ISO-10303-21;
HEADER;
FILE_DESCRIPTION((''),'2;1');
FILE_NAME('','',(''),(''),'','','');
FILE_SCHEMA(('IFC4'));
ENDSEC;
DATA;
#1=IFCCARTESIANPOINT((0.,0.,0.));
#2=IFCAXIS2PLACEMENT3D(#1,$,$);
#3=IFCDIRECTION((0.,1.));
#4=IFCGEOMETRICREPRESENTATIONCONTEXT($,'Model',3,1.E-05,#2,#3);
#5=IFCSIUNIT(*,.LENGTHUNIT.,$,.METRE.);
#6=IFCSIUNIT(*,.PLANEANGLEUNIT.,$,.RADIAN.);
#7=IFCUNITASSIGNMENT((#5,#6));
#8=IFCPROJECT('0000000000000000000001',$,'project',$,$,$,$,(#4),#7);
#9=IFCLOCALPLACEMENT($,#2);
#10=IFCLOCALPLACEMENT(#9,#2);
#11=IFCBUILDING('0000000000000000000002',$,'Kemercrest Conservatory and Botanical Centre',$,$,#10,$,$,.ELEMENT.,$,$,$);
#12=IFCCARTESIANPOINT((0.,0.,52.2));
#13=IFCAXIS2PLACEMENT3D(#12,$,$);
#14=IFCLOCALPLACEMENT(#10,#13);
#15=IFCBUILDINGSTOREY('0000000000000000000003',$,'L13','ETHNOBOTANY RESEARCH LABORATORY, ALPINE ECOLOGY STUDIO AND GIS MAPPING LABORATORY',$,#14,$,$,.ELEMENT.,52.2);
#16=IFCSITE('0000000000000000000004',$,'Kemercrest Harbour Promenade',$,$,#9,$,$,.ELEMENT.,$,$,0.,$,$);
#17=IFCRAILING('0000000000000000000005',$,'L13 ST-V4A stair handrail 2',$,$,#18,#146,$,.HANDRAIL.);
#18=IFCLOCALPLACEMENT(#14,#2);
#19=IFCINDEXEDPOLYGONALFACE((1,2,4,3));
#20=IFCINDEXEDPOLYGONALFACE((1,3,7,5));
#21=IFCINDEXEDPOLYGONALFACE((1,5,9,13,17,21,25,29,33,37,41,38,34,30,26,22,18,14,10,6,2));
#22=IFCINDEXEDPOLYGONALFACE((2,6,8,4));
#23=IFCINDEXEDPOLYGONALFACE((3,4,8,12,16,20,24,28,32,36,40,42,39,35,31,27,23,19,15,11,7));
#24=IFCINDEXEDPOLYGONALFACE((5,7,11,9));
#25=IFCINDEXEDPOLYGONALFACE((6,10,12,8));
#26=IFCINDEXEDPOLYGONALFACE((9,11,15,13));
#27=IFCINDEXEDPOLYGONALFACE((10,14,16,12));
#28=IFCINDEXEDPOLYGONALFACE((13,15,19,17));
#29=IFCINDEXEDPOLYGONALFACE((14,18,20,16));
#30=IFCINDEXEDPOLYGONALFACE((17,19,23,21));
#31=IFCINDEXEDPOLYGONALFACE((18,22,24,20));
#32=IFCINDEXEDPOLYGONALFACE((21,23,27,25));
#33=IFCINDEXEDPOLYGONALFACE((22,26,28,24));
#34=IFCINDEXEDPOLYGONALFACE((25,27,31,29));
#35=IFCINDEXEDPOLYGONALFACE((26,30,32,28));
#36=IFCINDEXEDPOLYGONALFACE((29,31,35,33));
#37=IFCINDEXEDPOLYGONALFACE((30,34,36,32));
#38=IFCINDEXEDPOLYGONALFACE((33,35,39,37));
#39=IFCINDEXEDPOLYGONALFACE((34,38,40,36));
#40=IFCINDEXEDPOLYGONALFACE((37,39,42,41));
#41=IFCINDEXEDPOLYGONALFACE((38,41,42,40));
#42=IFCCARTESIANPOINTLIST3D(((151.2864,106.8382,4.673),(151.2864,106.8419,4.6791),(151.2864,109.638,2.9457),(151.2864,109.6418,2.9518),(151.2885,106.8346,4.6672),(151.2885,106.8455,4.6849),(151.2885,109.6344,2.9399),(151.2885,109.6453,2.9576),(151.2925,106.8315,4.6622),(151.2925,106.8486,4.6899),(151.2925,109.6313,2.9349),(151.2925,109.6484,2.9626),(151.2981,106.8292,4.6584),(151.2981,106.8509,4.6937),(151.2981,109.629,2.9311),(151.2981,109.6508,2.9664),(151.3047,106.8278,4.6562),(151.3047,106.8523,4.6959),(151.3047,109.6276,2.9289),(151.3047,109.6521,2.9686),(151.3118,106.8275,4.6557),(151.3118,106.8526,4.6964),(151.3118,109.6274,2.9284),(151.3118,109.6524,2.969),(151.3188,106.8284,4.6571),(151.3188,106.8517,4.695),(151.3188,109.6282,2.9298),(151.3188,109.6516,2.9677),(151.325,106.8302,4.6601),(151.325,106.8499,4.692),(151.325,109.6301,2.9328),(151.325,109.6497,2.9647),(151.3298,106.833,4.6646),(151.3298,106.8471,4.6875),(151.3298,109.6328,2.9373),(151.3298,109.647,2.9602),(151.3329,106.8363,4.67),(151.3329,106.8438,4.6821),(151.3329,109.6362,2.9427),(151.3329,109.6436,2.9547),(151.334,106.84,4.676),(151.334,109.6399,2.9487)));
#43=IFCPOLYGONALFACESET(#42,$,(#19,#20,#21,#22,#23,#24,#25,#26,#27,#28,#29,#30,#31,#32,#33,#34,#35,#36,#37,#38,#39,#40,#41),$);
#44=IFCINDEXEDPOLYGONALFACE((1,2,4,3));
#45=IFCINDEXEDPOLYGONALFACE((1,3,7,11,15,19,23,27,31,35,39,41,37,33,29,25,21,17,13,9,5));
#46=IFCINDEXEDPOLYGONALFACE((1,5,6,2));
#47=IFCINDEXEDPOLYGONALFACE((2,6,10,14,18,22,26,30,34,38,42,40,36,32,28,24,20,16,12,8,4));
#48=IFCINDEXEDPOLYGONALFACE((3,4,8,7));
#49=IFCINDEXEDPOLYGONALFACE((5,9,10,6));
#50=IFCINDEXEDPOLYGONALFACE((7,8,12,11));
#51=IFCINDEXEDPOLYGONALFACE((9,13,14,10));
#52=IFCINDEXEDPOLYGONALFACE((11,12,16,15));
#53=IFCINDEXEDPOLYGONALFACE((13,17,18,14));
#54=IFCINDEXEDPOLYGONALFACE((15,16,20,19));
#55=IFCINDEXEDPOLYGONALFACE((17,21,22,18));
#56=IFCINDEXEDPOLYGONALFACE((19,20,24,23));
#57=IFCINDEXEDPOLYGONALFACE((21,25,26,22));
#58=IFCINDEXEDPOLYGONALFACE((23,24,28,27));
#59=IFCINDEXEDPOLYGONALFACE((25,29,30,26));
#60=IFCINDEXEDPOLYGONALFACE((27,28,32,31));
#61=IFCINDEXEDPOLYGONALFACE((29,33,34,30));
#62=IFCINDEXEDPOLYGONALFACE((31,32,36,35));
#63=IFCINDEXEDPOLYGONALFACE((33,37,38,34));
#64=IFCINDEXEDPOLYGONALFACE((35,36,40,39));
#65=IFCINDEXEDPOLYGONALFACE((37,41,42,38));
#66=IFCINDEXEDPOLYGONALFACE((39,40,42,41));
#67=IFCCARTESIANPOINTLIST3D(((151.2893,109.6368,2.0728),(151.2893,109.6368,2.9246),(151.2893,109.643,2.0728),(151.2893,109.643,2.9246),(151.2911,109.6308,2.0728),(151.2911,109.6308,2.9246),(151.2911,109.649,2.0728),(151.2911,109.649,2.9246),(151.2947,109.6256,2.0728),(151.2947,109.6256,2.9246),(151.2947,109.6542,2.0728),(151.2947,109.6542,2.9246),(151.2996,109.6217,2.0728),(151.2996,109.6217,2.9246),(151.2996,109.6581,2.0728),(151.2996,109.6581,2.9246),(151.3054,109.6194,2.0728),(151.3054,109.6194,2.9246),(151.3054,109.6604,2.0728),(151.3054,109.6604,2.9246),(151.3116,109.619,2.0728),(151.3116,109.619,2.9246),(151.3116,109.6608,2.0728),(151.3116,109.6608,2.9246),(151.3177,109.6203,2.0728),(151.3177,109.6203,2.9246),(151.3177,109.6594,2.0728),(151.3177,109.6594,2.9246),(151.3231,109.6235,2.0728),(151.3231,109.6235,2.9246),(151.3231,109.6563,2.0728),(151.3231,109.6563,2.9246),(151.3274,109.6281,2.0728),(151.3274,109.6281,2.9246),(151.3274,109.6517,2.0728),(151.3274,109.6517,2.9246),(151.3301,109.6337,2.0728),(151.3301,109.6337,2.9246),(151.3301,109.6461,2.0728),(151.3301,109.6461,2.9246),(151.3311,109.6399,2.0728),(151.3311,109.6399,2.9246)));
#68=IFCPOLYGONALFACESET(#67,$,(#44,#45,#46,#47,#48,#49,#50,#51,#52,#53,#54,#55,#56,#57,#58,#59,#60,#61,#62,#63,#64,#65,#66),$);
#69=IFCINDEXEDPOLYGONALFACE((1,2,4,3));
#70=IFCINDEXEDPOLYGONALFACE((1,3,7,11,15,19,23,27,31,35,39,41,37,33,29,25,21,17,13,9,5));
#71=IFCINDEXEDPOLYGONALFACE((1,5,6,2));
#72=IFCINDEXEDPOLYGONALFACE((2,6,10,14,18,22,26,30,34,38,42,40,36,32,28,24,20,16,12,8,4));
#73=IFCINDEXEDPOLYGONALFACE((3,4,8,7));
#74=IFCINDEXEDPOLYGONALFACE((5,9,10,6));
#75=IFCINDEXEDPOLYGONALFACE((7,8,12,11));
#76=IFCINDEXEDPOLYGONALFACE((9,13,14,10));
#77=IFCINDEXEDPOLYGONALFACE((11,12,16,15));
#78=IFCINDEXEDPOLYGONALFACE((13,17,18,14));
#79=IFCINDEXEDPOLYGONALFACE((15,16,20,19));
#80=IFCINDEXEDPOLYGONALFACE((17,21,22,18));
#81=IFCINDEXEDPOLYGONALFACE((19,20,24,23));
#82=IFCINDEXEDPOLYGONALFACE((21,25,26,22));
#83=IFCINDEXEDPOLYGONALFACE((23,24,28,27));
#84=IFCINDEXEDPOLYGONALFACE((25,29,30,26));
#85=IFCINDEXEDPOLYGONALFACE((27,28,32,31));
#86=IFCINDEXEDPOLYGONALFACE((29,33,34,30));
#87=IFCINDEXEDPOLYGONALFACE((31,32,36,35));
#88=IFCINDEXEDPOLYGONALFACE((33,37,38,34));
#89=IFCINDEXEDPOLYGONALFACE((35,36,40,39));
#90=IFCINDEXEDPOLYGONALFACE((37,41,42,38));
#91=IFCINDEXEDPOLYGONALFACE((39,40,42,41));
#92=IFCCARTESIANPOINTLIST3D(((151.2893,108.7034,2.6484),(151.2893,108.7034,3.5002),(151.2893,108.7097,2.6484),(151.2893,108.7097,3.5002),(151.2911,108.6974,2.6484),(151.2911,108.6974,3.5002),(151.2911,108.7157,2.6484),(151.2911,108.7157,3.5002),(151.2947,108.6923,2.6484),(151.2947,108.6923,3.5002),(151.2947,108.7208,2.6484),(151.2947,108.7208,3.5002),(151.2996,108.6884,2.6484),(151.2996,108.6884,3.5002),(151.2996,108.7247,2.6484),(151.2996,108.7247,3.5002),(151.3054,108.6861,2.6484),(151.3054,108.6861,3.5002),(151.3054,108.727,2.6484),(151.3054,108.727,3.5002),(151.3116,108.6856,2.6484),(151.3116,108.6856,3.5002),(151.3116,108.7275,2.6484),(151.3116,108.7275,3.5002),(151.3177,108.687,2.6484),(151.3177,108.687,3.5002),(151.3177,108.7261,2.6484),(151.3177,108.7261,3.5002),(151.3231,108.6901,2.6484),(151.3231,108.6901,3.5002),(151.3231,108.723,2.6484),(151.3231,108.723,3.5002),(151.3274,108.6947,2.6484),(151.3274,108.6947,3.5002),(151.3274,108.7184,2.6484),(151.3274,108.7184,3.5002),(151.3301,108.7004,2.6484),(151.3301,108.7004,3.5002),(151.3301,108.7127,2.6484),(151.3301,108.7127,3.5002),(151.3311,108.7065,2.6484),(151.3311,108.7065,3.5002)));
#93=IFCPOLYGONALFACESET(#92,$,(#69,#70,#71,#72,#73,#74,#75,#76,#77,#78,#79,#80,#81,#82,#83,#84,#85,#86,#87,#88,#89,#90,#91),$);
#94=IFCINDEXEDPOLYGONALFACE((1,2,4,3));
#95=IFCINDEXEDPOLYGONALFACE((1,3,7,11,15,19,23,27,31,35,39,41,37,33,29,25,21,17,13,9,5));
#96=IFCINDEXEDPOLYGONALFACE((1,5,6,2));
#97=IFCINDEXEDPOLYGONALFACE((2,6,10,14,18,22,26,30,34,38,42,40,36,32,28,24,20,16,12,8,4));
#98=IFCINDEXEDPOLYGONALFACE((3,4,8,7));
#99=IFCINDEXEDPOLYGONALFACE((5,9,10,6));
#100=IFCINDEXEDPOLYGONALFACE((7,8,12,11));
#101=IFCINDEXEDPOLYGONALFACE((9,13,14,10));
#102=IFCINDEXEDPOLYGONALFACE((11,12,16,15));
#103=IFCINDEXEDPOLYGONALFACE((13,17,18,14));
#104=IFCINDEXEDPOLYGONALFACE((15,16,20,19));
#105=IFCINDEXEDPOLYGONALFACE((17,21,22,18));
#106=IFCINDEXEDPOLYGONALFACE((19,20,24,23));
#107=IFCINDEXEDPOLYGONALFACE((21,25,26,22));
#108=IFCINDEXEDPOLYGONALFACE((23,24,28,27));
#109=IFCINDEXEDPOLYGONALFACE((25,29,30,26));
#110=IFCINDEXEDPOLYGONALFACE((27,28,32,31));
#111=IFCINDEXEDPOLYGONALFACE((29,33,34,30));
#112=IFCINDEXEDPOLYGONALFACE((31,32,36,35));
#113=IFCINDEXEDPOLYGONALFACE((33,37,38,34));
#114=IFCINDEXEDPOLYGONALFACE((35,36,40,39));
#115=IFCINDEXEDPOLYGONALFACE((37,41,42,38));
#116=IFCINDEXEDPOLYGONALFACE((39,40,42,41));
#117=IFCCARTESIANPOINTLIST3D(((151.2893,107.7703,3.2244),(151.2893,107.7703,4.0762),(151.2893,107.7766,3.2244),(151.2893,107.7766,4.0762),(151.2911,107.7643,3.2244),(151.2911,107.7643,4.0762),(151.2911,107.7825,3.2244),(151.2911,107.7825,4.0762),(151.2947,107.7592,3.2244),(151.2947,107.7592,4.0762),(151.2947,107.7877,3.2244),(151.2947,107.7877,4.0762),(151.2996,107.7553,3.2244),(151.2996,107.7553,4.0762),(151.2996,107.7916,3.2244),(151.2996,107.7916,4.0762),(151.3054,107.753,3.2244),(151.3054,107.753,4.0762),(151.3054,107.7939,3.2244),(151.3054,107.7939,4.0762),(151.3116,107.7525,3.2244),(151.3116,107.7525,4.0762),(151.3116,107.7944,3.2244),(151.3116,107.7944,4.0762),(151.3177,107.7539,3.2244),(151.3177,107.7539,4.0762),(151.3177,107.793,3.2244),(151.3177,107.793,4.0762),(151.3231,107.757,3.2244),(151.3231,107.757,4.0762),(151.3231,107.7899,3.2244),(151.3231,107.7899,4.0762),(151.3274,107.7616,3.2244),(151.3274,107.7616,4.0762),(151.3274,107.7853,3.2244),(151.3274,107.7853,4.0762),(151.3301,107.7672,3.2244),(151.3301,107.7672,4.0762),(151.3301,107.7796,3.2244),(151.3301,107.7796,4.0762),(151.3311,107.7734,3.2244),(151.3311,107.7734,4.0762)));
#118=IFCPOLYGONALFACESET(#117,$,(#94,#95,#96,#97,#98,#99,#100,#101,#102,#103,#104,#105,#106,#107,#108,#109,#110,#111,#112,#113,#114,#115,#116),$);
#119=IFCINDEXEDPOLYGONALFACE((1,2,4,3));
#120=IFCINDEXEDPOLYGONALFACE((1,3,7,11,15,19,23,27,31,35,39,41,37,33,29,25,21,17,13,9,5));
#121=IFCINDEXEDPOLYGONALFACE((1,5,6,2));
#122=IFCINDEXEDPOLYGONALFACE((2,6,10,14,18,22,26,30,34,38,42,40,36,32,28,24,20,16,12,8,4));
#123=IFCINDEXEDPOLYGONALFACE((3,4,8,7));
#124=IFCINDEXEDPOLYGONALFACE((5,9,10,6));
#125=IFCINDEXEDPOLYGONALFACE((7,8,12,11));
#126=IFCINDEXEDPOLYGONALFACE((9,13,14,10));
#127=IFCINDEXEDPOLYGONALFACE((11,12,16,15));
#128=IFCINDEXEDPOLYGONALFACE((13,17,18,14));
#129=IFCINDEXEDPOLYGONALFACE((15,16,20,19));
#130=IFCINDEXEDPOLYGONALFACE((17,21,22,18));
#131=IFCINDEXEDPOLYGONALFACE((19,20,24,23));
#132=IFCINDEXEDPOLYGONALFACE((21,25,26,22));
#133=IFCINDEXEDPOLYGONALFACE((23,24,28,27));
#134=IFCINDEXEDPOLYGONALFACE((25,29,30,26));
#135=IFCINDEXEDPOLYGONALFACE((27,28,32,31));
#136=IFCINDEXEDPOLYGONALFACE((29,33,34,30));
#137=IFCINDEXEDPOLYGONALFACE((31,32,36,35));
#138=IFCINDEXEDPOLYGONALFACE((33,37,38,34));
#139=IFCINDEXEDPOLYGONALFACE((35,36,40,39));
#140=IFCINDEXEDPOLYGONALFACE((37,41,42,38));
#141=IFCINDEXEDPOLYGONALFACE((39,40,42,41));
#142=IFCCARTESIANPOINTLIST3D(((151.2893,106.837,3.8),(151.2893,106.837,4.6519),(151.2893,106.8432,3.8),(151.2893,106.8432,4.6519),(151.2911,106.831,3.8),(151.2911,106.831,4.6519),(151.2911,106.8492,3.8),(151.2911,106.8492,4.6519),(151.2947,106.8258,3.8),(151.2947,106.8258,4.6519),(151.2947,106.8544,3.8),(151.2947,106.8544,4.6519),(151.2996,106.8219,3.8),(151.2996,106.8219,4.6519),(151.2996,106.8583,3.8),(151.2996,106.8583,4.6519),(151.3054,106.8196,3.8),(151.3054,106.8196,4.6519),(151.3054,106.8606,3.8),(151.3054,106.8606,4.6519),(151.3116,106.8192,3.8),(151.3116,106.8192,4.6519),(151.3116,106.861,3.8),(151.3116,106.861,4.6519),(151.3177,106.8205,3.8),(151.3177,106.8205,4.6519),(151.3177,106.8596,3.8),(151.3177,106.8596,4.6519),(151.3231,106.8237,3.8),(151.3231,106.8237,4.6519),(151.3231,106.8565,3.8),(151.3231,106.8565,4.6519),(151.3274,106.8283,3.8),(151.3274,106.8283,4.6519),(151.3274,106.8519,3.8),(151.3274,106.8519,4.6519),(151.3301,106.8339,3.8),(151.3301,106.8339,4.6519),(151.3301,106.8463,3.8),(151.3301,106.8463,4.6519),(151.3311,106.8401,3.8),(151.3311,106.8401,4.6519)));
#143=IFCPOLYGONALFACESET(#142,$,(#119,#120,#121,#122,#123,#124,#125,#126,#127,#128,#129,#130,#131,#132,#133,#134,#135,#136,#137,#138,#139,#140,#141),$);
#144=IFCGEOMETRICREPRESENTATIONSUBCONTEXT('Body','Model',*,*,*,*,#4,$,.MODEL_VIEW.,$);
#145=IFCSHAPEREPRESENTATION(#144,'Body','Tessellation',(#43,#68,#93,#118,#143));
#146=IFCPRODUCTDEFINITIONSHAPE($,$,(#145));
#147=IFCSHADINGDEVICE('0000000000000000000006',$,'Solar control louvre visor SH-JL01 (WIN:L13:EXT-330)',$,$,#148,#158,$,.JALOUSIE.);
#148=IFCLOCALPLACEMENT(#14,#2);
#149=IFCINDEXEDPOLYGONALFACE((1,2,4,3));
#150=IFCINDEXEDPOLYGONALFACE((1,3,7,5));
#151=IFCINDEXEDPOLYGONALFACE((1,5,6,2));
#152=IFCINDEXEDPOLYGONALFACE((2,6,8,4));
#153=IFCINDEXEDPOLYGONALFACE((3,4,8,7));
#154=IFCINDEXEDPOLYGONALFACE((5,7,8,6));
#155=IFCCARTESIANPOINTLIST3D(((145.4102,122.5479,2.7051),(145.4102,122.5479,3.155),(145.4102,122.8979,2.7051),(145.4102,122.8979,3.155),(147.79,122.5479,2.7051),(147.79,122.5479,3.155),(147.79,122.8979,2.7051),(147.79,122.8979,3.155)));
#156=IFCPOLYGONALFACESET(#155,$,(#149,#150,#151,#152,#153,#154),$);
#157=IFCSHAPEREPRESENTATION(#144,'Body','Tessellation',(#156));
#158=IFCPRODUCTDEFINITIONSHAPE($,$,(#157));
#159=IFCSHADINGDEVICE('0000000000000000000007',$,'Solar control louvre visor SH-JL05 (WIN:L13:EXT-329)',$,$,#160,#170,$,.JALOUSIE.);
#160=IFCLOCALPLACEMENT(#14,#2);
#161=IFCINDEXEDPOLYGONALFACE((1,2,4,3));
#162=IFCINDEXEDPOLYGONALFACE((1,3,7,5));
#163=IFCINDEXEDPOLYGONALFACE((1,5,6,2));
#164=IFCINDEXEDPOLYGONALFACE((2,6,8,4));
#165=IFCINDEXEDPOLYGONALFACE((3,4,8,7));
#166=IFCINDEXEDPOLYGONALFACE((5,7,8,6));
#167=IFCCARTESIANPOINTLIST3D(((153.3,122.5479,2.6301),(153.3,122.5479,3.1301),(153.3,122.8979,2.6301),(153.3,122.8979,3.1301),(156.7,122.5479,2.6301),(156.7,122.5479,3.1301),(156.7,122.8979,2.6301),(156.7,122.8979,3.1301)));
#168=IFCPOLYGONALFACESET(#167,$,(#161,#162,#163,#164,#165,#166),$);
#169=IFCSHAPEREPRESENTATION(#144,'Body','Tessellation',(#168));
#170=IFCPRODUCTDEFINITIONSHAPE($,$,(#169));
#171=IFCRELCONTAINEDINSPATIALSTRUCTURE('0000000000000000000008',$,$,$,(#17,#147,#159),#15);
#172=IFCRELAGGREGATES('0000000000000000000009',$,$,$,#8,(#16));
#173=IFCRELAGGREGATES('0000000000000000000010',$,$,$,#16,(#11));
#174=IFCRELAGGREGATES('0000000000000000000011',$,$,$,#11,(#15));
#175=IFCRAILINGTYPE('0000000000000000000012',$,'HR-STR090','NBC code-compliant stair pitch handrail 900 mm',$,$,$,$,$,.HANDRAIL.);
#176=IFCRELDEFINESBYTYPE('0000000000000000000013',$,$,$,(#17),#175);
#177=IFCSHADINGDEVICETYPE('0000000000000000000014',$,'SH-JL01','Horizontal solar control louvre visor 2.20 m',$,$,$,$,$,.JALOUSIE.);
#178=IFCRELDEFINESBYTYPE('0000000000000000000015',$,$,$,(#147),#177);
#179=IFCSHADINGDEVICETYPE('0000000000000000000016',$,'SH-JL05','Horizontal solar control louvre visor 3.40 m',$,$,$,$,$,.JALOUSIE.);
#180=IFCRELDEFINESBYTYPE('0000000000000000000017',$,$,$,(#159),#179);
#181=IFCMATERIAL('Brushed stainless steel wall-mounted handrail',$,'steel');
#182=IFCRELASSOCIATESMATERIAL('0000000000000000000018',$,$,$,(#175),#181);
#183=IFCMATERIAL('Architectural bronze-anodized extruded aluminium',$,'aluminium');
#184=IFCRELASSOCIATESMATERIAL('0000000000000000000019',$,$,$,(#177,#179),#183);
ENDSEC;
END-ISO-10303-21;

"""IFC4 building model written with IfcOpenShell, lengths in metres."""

from ifc_helpers import new_model, si_unit, direction, frame, origin, origin_2d, place, context, subcontext, project, spatial, rectangle, circle, extrude, material, type_object, element, save


model = new_model("IFC4")

# Units and contexts
model_context = context("Model", 3, precision=1e-05, world=origin(), true_north=direction((0.0, 1.0)))
body_context = subcontext(model_context, "Body", "Model", "MODEL_VIEW")
ifc_project = project(units=[si_unit("LENGTHUNIT", "METRE"), si_unit("PLANEANGLEUNIT", "RADIAN")], contexts=[model_context])

# Site, building, storey
site_placement = place(None, origin())
site = spatial("IfcSite", under=ifc_project, at=site_placement, Name="Kemercrest Harbour Promenade", CompositionType="ELEMENT", RefElevation=0.0)
building_placement = place(site_placement, origin())
building = spatial("IfcBuilding", under=site, at=building_placement, Name="Kemercrest Conservatory and Botanical Centre", CompositionType="ELEMENT")
storey_placement = place(building_placement, frame((0.0, 0.0, 52.2)))
storey = spatial("IfcBuildingStorey", under=building, at=storey_placement, Name="L13", Description="ETHNOBOTANY RESEARCH LABORATORY, ALPINE ECOLOGY STUDIO AND GIS MAPPING LABORATORY", CompositionType="ELEMENT", Elevation=52.2)

# Railing
ifc_material_1 = material(Name="Brushed stainless steel wall-mounted handrail", Category="steel")
railing_type_1 = type_object("IfcRailingType", Name="HR-STR090", Description="NBC code-compliant stair pitch handrail 900 mm", PredefinedType="HANDRAIL", material=ifc_material_1)
railing_1_placement = place(storey_placement, frame((151.3101, 109.6399, 2.0728)))
element("IfcRailing", 1, at=railing_1_placement, inside=storey, type_object=railing_type_1, Name="L13 ST-V4A stair handrail 2", PredefinedType="HANDRAIL", context=body_context, shape_type="SweptSolid", body=[
    extrude(circle(Radius=0.0239, at=origin_2d()), frame((0.0, 0.0, 0.876), z_axis=(0.0, -0.851069, 0.525054), x_axis=(1.0, 0.0, 0.0)), (0.0, 0.0, 1.0), 3.2898),
    extrude(circle(Radius=0.021, at=origin_2d()), origin(), (0.0, 0.0, 1.0), 0.8518),
    extrude(circle(Radius=0.021, at=origin_2d()), frame((0.0, -0.9333, 0.5757)), (0.0, 0.0, 1.0), 0.8518),
    extrude(circle(Radius=0.021, at=origin_2d()), frame((0.0, -1.8665, 1.1516)), (0.0, 0.0, 1.0), 0.8518),
    extrude(circle(Radius=0.021, at=origin_2d()), frame((0.0, -2.7998, 1.7273)), (0.0, 0.0, 1.0), 0.8518),
])

# Shading devices
ifc_material_2 = material(Name="Architectural bronze-anodized extruded aluminium", Category="aluminium")
shading_device_type_1 = type_object("IfcShadingDeviceType", Name="SH-JL01", Description="Horizontal solar control louvre visor 2.20 m", PredefinedType="JALOUSIE", material=ifc_material_2)
shading_device_1_placement = place(storey_placement, frame((146.6001, 122.7229, 2.7051), z_axis=(0.0, 0.0, 1.0), x_axis=(-1.0, 0.0, 0.0)))
element("IfcShadingDevice", 2, at=shading_device_1_placement, inside=storey, type_object=shading_device_type_1, Name="Solar control louvre visor SH-JL01 (WIN:L13:EXT-330)", PredefinedType="JALOUSIE", context=body_context, shape_type="SweptSolid", body=[
    extrude(rectangle(XDim=2.3799, YDim=0.3501, at=origin_2d()), origin(), (0.0, 0.0, 1.0), 0.45),
])
shading_device_type_2 = type_object("IfcShadingDeviceType", Name="SH-JL05", Description="Horizontal solar control louvre visor 3.40 m", PredefinedType="JALOUSIE", material=ifc_material_2)
shading_device_2_placement = place(storey_placement, frame((155.0, 122.7229, 2.6301), z_axis=(0.0, 0.0, 1.0), x_axis=(-1.0, 0.0, 0.0)))
element("IfcShadingDevice", 3, at=shading_device_2_placement, inside=storey, type_object=shading_device_type_2, Name="Solar control louvre visor SH-JL05 (WIN:L13:EXT-329)", PredefinedType="JALOUSIE", context=body_context, shape_type="SweptSolid", body=[
    extrude(rectangle(XDim=3.3999, YDim=0.3501, at=origin_2d()), origin(), (0.0, 0.0, 1.0), 0.5),
])

save(model, "model.ifc")
